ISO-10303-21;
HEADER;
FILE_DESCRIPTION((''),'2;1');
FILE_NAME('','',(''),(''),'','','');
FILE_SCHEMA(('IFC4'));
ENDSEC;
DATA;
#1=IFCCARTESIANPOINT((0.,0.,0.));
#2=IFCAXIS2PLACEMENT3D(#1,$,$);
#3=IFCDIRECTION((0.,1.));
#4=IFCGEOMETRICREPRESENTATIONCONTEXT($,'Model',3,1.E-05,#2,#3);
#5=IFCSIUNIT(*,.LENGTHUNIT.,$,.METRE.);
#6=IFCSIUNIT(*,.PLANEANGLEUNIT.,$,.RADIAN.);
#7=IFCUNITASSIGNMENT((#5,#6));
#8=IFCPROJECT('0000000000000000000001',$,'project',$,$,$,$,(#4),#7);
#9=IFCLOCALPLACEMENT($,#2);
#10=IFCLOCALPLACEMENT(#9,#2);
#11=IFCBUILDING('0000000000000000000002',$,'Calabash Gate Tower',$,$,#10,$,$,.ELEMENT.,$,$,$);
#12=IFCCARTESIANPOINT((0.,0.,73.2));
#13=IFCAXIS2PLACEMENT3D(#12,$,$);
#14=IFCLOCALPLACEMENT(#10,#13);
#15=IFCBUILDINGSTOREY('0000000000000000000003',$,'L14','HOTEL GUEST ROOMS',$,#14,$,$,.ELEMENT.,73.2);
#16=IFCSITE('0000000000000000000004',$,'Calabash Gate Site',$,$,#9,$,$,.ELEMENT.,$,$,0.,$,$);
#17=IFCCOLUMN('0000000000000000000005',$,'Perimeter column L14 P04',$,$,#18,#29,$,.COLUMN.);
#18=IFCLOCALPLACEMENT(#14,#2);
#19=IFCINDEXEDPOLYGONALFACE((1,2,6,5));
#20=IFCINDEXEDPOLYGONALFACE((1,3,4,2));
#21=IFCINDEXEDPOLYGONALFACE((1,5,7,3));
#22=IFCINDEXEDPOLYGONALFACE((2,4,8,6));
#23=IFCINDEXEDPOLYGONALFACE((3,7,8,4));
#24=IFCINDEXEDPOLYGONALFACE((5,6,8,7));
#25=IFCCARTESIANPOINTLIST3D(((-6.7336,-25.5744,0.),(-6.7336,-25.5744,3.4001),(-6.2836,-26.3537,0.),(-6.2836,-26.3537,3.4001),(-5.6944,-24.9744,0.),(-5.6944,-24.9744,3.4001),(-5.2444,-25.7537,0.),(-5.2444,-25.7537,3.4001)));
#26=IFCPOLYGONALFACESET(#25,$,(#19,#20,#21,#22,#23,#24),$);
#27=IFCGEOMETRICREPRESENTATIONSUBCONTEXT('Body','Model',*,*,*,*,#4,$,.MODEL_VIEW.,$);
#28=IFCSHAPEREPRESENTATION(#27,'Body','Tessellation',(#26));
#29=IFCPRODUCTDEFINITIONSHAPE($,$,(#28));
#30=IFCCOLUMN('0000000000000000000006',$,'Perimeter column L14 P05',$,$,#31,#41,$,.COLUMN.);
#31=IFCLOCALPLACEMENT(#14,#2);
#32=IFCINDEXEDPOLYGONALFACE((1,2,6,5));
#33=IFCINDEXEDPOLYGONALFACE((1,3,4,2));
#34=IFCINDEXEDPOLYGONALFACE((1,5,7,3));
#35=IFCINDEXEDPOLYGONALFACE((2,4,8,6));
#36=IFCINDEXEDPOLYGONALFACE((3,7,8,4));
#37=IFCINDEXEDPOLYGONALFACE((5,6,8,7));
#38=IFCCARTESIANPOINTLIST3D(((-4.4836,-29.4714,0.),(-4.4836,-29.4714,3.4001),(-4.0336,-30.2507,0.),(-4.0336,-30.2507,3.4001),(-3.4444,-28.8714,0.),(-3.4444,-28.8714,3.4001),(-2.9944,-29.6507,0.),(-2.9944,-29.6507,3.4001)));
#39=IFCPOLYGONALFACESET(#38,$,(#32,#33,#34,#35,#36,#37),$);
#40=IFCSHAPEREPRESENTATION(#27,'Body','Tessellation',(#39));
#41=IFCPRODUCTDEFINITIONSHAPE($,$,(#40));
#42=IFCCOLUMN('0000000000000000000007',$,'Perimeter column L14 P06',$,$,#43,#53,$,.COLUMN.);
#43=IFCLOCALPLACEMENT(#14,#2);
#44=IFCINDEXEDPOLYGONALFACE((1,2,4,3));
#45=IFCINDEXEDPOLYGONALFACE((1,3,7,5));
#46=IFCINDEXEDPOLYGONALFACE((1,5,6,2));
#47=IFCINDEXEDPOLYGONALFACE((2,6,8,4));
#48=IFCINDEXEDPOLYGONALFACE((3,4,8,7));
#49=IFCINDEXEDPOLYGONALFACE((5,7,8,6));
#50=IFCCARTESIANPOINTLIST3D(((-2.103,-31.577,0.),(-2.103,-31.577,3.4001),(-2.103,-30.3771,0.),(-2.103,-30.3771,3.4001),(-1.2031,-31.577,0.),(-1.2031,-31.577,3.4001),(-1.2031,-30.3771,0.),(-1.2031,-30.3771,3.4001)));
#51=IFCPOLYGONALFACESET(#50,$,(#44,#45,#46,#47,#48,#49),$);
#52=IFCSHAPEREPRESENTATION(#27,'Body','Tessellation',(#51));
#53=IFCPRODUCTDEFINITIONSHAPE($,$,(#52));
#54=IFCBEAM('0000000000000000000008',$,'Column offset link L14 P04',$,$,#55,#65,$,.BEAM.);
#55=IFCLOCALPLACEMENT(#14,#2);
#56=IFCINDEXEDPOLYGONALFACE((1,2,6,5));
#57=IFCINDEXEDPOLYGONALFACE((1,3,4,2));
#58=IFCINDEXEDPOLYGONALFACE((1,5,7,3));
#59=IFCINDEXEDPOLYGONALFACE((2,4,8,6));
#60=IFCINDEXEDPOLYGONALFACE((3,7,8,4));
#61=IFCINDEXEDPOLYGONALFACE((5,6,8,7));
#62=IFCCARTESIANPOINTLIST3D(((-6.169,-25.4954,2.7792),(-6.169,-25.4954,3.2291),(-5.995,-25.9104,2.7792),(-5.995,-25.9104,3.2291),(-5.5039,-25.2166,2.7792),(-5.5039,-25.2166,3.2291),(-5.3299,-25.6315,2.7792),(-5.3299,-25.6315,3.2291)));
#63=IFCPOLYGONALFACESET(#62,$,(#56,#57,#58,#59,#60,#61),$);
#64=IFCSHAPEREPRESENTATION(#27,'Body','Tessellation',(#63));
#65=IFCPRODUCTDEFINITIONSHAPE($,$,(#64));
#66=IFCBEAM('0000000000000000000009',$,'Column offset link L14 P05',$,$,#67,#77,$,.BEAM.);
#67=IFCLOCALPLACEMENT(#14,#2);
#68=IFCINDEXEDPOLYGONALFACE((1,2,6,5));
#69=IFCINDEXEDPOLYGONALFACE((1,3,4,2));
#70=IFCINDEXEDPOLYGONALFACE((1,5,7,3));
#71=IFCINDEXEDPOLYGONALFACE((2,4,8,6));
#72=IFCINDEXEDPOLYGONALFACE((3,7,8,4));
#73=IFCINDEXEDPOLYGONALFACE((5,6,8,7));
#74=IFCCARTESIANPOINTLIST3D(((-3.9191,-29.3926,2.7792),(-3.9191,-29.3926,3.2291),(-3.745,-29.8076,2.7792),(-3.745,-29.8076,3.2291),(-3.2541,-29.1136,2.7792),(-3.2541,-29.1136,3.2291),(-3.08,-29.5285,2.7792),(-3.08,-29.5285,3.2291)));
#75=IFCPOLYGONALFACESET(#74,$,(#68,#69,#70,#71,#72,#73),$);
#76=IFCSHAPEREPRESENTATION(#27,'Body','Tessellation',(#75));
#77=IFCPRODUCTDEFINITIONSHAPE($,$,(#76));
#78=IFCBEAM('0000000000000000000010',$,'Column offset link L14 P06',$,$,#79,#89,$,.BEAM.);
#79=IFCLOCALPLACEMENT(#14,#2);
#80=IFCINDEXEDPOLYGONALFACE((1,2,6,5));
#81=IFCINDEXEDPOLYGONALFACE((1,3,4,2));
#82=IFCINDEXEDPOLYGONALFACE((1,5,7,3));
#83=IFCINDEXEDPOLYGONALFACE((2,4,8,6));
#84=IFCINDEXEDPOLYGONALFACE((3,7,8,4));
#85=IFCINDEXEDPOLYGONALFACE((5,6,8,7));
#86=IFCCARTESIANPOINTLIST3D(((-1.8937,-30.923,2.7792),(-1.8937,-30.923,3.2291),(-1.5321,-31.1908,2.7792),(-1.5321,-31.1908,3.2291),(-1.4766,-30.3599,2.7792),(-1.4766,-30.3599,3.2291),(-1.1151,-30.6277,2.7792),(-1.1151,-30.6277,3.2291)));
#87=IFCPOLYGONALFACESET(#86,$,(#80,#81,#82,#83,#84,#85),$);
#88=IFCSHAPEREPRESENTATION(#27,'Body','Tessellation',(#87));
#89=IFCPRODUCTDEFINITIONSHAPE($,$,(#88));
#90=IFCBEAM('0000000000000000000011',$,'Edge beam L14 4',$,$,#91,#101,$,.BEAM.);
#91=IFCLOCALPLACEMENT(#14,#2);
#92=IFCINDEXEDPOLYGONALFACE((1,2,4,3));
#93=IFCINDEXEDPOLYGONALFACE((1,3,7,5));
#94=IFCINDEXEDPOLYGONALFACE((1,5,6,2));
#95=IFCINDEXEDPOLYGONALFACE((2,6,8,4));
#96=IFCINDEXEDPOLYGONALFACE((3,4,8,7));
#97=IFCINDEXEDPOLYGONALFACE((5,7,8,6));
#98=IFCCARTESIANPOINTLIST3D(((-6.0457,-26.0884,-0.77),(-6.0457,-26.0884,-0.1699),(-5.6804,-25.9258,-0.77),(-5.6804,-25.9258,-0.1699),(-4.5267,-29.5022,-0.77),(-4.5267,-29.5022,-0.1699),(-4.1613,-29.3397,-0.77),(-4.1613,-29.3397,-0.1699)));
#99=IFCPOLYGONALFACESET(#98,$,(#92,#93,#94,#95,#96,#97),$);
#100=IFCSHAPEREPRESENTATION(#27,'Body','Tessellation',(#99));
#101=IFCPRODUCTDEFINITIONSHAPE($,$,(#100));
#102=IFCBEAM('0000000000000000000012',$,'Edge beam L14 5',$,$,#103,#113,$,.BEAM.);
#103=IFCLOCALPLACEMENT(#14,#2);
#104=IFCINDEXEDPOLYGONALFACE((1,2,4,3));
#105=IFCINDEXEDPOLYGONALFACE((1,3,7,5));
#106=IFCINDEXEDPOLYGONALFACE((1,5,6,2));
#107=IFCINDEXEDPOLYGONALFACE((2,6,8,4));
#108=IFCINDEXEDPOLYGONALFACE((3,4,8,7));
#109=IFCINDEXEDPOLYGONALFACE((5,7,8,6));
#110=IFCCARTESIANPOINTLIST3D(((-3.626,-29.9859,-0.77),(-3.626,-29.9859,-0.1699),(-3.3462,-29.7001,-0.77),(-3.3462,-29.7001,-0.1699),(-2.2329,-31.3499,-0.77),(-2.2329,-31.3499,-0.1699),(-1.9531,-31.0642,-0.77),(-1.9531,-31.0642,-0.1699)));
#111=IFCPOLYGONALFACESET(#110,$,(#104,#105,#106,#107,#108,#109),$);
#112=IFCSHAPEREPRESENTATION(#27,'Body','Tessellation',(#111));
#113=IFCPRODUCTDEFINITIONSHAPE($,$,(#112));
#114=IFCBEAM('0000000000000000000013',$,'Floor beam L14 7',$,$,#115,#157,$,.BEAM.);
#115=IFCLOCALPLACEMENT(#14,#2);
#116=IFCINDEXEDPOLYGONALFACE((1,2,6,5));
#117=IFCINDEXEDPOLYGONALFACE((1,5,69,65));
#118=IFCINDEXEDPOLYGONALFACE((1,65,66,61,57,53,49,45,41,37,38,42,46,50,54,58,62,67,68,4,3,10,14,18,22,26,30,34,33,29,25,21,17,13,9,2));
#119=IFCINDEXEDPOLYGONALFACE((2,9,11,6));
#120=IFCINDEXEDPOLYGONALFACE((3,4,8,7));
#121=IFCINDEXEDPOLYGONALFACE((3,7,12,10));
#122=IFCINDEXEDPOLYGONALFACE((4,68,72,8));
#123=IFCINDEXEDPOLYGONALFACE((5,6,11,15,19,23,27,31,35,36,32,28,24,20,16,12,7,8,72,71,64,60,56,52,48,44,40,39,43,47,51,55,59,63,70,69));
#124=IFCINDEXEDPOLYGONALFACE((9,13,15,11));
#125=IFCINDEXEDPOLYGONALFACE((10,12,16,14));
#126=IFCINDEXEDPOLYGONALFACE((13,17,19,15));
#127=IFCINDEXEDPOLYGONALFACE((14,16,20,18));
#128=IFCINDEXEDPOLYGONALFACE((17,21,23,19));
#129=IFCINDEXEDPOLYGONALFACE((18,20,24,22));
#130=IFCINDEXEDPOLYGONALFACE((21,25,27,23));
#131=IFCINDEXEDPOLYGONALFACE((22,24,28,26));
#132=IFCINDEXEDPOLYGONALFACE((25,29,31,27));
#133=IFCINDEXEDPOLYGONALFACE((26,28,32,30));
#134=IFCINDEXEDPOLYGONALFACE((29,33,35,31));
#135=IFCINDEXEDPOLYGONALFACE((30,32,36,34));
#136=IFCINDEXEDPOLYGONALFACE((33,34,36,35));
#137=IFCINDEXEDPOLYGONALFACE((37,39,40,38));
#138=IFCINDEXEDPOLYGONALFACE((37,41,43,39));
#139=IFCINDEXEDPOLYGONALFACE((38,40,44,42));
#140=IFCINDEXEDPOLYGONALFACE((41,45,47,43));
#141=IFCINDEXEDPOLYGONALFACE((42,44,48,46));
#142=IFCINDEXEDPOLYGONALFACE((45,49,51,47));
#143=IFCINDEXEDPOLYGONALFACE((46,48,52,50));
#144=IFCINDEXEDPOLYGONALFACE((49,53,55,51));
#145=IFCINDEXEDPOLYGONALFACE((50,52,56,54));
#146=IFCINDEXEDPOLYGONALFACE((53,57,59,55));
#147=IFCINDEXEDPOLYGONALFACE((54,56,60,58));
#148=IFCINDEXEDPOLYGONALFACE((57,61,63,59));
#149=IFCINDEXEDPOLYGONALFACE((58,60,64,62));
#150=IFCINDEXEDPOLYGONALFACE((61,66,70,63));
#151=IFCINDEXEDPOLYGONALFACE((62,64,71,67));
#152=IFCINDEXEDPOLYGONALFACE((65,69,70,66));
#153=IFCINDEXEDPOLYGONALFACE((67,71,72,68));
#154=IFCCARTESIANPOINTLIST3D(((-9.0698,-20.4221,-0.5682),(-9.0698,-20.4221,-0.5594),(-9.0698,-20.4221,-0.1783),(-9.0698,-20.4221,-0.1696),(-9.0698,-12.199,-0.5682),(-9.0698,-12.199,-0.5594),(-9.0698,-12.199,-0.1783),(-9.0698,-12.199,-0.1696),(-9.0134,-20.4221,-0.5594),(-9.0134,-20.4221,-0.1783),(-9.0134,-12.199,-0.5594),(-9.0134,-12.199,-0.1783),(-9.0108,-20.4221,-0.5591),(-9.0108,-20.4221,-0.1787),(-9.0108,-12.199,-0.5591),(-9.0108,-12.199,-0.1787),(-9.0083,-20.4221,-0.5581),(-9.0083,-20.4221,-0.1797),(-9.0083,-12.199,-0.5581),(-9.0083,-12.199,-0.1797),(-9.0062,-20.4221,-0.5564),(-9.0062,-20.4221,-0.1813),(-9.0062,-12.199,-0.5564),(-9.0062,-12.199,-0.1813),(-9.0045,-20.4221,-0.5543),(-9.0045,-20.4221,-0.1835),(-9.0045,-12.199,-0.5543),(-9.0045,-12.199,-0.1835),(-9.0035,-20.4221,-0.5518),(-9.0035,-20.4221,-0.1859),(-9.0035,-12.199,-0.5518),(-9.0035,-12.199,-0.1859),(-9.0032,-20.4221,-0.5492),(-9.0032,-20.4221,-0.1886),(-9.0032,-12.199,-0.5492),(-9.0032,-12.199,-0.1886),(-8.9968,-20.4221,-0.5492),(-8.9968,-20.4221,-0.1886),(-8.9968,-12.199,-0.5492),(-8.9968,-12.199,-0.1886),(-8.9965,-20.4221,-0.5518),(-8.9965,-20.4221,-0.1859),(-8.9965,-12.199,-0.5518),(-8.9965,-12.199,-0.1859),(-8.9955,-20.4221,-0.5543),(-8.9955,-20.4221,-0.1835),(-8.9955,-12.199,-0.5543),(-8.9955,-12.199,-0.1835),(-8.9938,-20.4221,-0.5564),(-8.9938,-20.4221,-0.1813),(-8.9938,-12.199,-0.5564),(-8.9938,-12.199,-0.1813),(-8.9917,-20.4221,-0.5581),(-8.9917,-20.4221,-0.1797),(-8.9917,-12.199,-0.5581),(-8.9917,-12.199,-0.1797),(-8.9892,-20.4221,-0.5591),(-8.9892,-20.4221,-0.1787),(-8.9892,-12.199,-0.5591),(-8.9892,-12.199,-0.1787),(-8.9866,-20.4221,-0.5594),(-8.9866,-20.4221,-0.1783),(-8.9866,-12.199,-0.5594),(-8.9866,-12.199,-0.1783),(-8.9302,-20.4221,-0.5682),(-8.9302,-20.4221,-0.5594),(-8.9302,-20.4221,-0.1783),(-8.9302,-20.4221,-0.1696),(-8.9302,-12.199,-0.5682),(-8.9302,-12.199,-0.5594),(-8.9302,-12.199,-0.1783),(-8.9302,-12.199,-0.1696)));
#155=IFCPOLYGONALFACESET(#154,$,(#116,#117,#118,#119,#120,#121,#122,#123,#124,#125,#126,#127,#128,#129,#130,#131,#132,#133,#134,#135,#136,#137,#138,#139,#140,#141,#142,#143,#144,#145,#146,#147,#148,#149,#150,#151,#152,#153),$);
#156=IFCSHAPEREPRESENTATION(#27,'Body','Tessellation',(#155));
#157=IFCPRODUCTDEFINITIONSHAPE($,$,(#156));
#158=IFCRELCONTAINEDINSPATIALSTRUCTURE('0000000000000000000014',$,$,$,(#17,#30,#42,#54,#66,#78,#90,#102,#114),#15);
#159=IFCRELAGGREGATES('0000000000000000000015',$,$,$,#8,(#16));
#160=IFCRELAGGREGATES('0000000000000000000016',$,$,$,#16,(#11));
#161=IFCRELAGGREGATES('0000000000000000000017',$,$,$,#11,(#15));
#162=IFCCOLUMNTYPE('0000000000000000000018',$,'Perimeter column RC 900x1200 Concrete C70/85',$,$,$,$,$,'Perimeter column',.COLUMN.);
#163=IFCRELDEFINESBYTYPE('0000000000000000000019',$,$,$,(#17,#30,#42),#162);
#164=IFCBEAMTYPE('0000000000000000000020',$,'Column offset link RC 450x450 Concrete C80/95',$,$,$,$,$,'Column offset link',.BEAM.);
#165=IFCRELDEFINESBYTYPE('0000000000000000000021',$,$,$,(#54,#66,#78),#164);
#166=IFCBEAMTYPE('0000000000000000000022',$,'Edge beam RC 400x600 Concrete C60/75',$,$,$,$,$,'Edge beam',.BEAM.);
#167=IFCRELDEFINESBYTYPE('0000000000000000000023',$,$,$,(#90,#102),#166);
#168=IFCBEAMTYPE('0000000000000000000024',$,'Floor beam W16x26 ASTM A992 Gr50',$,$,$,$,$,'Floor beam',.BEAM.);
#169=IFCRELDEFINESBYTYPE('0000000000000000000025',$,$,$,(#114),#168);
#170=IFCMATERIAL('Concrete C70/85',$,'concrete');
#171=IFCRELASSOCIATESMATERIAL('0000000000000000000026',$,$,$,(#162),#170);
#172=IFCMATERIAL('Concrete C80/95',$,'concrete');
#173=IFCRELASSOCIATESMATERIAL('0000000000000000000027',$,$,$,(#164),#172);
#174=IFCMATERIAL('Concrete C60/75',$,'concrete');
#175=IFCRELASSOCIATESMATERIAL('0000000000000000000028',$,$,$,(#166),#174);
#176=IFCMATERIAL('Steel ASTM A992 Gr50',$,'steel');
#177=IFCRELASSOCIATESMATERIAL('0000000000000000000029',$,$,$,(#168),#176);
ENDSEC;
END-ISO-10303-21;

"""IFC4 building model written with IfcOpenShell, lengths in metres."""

from ifc_helpers import new_model, si_unit, direction, frame, origin, origin_2d, place, context, subcontext, project, spatial, rectangle, i_section, extrude, material, material_profile, profile_set, type_object, element, save


model = new_model("IFC4")

# Units and contexts
model_context = context("Model", 3, precision=1e-05, world=origin(), true_north=direction((0.0, 1.0)))
body_context = subcontext(model_context, "Body", "Model", "MODEL_VIEW")
ifc_project = project(units=[si_unit("LENGTHUNIT", "METRE"), si_unit("PLANEANGLEUNIT", "RADIAN")], contexts=[model_context])

# Site, building, storey
site_placement = place(None, origin())
site = spatial("IfcSite", under=ifc_project, at=site_placement, Name="Calabash Gate Site", CompositionType="ELEMENT", RefElevation=0.0)
building_placement = place(site_placement, origin())
building = spatial("IfcBuilding", under=site, at=building_placement, Name="Calabash Gate Tower", CompositionType="ELEMENT")
storey_placement = place(building_placement, frame((0.0, 0.0, 73.2)))
storey = spatial("IfcBuildingStorey", under=building, at=storey_placement, Name="L14", Description="HOTEL GUEST ROOMS", CompositionType="ELEMENT", Elevation=73.2)

# Columns
ifc_material_1 = material(Name="Concrete C70/85", Category="concrete")
ifc_material_profile_1 = material_profile(ifc_material_1, rectangle(XDim=0.8999, YDim=1.2, at=origin_2d()))
ifc_profile_set_1 = profile_set([ifc_material_profile_1], Name="Concrete C70/85")
column_type = type_object("IfcColumnType", Name="Perimeter column RC 900x1200 Concrete C70/85", ElementType="Perimeter column", PredefinedType="COLUMN", material=ifc_profile_set_1)
for number, where, z_axis, x_axis, name in (
    (1, (-5.989, -25.6641, 0.0), (0.0, 0.0, 1.0), (0.5, -0.866025, 0.0), "Perimeter column L14 P04"),
    (2, (-3.739, -29.561, 0.0), (0.0, 0.0, 1.0), (0.5, -0.866025, 0.0), "Perimeter column L14 P05"),
    (3, (-1.6531, -30.9771, 0.0), (0.0, 0.0, 1.0), (1.0, 0.0, 0.0), "Perimeter column L14 P06"),
):
    element("IfcColumn", number, at=place(storey_placement, frame(where, z_axis=z_axis, x_axis=x_axis)), inside=storey, type_object=column_type, Name=name, PredefinedType="COLUMN", context=body_context, shape_type="SweptSolid", body=[
        extrude(rectangle(XDim=0.8999, YDim=1.2, at=origin_2d()), origin(), (0.0, 0.0, 1.0), 3.4001),
    ])

# Beams
ifc_material_2 = material(Name="Concrete C80/95", Category="concrete")
ifc_material_profile_2 = material_profile(ifc_material_2, rectangle(XDim=0.45, YDim=0.45, at=origin_2d()))
ifc_profile_set_2 = profile_set([ifc_material_profile_2], Name="Concrete C80/95")
beam_type_1 = type_object("IfcBeamType", Name="Column offset link RC 450x450 Concrete C80/95", ElementType="Column offset link", PredefinedType="BEAM", material=ifc_profile_set_2)
for number, where, z_axis, x_axis, name in (
    (4, (-6.082, -25.7029, 3.0042), (0.922233, 0.386634, 0.0), (-0.386634, 0.922233, 0.0), "Column offset link L14 P04"),
    (5, (-3.832, -29.6001, 3.0042), (0.922113, 0.386922, 0.0), (-0.386922, 0.922113, 0.0), "Column offset link L14 P05"),
):
    element("IfcBeam", number, at=place(storey_placement, frame(where, z_axis=z_axis, x_axis=x_axis)), inside=storey, type_object=beam_type_1, Name=name, PredefinedType="BEAM", context=body_context, shape_type="SweptSolid", body=[
        extrude(rectangle(XDim=0.45, YDim=0.45, at=origin_2d()), origin(), (0.0, 0.0, 1.0), 0.7212),
    ])
beam_1_placement = place(storey_placement, frame((-1.7129, -31.0569, 3.0042), z_axis=(0.595194, 0.803582, 0.0), x_axis=(-0.803582, 0.595194, 0.0)))
element("IfcBeam", 6, at=beam_1_placement, inside=storey, type_object=beam_type_1, Name="Column offset link L14 P06", PredefinedType="BEAM", context=body_context, shape_type="SweptSolid", body=[
    extrude(rectangle(XDim=0.45, YDim=0.45, at=origin_2d()), origin(), (0.0, 0.0, 1.0), 0.7007),
])
ifc_material_3 = material(Name="Concrete C60/75", Category="concrete")
ifc_material_profile_3 = material_profile(ifc_material_3, rectangle(XDim=0.3999, YDim=0.6001, at=origin_2d()))
ifc_profile_set_3 = profile_set([ifc_material_profile_3], Name="Concrete C60/75")
beam_type_2 = type_object("IfcBeamType", Name="Edge beam RC 400x600 Concrete C60/75", ElementType="Edge beam", PredefinedType="BEAM", material=ifc_profile_set_3)
beam_2_placement = place(storey_placement, frame((-5.863, -26.0071, -0.47), z_axis=(0.406539, -0.913634, 0.0), x_axis=(0.913634, 0.406539, 0.0)))
element("IfcBeam", 7, at=beam_2_placement, inside=storey, type_object=beam_type_2, Name="Edge beam L14 4", PredefinedType="BEAM", context=body_context, shape_type="SweptSolid", body=[
    extrude(rectangle(XDim=0.3999, YDim=0.6001, at=origin_2d()), origin(), (0.0, 0.0, 1.0), 3.7366),
])
beam_3_placement = place(storey_placement, frame((-3.4861, -29.843, -0.47), z_axis=(0.714518, -0.699617, 0.0), x_axis=(0.699617, 0.714518, 0.0)))
element("IfcBeam", 8, at=beam_3_placement, inside=storey, type_object=beam_type_2, Name="Edge beam L14 5", PredefinedType="BEAM", context=body_context, shape_type="SweptSolid", body=[
    extrude(rectangle(XDim=0.3999, YDim=0.6001, at=origin_2d()), origin(), (0.0, 0.0, 1.0), 1.9497),
])
ifc_material_4 = material(Name="Steel ASTM A992 Gr50", Category="steel")
ifc_material_profile_4 = material_profile(ifc_material_4, i_section(OverallWidth=0.1396, OverallDepth=0.3987, WebThickness=0.0063, FlangeThickness=0.0088, FilletRadius=0.0103, at=origin_2d()))
ifc_profile_set_4 = profile_set([ifc_material_profile_4], Name="Steel ASTM A992 Gr50")
beam_type_3 = type_object("IfcBeamType", Name="Floor beam W16x26 ASTM A992 Gr50", ElementType="Floor beam", PredefinedType="BEAM", material=ifc_profile_set_4)
beam_4_placement = place(storey_placement, frame((-9.0, -20.4221, -0.3689), z_axis=(0.0, 1.0, 0.0), x_axis=(-1.0, 0.0, 0.0)))
element("IfcBeam", 9, at=beam_4_placement, inside=storey, type_object=beam_type_3, Name="Floor beam L14 7", PredefinedType="BEAM", context=body_context, shape_type="SweptSolid", body=[
    extrude(i_section(OverallWidth=0.1396, OverallDepth=0.3987, WebThickness=0.0063, FlangeThickness=0.0088, FilletRadius=0.0103, at=origin_2d()), origin(), (0.0, 0.0, 1.0), 8.2231),
])

save(model, "model.ifc")
